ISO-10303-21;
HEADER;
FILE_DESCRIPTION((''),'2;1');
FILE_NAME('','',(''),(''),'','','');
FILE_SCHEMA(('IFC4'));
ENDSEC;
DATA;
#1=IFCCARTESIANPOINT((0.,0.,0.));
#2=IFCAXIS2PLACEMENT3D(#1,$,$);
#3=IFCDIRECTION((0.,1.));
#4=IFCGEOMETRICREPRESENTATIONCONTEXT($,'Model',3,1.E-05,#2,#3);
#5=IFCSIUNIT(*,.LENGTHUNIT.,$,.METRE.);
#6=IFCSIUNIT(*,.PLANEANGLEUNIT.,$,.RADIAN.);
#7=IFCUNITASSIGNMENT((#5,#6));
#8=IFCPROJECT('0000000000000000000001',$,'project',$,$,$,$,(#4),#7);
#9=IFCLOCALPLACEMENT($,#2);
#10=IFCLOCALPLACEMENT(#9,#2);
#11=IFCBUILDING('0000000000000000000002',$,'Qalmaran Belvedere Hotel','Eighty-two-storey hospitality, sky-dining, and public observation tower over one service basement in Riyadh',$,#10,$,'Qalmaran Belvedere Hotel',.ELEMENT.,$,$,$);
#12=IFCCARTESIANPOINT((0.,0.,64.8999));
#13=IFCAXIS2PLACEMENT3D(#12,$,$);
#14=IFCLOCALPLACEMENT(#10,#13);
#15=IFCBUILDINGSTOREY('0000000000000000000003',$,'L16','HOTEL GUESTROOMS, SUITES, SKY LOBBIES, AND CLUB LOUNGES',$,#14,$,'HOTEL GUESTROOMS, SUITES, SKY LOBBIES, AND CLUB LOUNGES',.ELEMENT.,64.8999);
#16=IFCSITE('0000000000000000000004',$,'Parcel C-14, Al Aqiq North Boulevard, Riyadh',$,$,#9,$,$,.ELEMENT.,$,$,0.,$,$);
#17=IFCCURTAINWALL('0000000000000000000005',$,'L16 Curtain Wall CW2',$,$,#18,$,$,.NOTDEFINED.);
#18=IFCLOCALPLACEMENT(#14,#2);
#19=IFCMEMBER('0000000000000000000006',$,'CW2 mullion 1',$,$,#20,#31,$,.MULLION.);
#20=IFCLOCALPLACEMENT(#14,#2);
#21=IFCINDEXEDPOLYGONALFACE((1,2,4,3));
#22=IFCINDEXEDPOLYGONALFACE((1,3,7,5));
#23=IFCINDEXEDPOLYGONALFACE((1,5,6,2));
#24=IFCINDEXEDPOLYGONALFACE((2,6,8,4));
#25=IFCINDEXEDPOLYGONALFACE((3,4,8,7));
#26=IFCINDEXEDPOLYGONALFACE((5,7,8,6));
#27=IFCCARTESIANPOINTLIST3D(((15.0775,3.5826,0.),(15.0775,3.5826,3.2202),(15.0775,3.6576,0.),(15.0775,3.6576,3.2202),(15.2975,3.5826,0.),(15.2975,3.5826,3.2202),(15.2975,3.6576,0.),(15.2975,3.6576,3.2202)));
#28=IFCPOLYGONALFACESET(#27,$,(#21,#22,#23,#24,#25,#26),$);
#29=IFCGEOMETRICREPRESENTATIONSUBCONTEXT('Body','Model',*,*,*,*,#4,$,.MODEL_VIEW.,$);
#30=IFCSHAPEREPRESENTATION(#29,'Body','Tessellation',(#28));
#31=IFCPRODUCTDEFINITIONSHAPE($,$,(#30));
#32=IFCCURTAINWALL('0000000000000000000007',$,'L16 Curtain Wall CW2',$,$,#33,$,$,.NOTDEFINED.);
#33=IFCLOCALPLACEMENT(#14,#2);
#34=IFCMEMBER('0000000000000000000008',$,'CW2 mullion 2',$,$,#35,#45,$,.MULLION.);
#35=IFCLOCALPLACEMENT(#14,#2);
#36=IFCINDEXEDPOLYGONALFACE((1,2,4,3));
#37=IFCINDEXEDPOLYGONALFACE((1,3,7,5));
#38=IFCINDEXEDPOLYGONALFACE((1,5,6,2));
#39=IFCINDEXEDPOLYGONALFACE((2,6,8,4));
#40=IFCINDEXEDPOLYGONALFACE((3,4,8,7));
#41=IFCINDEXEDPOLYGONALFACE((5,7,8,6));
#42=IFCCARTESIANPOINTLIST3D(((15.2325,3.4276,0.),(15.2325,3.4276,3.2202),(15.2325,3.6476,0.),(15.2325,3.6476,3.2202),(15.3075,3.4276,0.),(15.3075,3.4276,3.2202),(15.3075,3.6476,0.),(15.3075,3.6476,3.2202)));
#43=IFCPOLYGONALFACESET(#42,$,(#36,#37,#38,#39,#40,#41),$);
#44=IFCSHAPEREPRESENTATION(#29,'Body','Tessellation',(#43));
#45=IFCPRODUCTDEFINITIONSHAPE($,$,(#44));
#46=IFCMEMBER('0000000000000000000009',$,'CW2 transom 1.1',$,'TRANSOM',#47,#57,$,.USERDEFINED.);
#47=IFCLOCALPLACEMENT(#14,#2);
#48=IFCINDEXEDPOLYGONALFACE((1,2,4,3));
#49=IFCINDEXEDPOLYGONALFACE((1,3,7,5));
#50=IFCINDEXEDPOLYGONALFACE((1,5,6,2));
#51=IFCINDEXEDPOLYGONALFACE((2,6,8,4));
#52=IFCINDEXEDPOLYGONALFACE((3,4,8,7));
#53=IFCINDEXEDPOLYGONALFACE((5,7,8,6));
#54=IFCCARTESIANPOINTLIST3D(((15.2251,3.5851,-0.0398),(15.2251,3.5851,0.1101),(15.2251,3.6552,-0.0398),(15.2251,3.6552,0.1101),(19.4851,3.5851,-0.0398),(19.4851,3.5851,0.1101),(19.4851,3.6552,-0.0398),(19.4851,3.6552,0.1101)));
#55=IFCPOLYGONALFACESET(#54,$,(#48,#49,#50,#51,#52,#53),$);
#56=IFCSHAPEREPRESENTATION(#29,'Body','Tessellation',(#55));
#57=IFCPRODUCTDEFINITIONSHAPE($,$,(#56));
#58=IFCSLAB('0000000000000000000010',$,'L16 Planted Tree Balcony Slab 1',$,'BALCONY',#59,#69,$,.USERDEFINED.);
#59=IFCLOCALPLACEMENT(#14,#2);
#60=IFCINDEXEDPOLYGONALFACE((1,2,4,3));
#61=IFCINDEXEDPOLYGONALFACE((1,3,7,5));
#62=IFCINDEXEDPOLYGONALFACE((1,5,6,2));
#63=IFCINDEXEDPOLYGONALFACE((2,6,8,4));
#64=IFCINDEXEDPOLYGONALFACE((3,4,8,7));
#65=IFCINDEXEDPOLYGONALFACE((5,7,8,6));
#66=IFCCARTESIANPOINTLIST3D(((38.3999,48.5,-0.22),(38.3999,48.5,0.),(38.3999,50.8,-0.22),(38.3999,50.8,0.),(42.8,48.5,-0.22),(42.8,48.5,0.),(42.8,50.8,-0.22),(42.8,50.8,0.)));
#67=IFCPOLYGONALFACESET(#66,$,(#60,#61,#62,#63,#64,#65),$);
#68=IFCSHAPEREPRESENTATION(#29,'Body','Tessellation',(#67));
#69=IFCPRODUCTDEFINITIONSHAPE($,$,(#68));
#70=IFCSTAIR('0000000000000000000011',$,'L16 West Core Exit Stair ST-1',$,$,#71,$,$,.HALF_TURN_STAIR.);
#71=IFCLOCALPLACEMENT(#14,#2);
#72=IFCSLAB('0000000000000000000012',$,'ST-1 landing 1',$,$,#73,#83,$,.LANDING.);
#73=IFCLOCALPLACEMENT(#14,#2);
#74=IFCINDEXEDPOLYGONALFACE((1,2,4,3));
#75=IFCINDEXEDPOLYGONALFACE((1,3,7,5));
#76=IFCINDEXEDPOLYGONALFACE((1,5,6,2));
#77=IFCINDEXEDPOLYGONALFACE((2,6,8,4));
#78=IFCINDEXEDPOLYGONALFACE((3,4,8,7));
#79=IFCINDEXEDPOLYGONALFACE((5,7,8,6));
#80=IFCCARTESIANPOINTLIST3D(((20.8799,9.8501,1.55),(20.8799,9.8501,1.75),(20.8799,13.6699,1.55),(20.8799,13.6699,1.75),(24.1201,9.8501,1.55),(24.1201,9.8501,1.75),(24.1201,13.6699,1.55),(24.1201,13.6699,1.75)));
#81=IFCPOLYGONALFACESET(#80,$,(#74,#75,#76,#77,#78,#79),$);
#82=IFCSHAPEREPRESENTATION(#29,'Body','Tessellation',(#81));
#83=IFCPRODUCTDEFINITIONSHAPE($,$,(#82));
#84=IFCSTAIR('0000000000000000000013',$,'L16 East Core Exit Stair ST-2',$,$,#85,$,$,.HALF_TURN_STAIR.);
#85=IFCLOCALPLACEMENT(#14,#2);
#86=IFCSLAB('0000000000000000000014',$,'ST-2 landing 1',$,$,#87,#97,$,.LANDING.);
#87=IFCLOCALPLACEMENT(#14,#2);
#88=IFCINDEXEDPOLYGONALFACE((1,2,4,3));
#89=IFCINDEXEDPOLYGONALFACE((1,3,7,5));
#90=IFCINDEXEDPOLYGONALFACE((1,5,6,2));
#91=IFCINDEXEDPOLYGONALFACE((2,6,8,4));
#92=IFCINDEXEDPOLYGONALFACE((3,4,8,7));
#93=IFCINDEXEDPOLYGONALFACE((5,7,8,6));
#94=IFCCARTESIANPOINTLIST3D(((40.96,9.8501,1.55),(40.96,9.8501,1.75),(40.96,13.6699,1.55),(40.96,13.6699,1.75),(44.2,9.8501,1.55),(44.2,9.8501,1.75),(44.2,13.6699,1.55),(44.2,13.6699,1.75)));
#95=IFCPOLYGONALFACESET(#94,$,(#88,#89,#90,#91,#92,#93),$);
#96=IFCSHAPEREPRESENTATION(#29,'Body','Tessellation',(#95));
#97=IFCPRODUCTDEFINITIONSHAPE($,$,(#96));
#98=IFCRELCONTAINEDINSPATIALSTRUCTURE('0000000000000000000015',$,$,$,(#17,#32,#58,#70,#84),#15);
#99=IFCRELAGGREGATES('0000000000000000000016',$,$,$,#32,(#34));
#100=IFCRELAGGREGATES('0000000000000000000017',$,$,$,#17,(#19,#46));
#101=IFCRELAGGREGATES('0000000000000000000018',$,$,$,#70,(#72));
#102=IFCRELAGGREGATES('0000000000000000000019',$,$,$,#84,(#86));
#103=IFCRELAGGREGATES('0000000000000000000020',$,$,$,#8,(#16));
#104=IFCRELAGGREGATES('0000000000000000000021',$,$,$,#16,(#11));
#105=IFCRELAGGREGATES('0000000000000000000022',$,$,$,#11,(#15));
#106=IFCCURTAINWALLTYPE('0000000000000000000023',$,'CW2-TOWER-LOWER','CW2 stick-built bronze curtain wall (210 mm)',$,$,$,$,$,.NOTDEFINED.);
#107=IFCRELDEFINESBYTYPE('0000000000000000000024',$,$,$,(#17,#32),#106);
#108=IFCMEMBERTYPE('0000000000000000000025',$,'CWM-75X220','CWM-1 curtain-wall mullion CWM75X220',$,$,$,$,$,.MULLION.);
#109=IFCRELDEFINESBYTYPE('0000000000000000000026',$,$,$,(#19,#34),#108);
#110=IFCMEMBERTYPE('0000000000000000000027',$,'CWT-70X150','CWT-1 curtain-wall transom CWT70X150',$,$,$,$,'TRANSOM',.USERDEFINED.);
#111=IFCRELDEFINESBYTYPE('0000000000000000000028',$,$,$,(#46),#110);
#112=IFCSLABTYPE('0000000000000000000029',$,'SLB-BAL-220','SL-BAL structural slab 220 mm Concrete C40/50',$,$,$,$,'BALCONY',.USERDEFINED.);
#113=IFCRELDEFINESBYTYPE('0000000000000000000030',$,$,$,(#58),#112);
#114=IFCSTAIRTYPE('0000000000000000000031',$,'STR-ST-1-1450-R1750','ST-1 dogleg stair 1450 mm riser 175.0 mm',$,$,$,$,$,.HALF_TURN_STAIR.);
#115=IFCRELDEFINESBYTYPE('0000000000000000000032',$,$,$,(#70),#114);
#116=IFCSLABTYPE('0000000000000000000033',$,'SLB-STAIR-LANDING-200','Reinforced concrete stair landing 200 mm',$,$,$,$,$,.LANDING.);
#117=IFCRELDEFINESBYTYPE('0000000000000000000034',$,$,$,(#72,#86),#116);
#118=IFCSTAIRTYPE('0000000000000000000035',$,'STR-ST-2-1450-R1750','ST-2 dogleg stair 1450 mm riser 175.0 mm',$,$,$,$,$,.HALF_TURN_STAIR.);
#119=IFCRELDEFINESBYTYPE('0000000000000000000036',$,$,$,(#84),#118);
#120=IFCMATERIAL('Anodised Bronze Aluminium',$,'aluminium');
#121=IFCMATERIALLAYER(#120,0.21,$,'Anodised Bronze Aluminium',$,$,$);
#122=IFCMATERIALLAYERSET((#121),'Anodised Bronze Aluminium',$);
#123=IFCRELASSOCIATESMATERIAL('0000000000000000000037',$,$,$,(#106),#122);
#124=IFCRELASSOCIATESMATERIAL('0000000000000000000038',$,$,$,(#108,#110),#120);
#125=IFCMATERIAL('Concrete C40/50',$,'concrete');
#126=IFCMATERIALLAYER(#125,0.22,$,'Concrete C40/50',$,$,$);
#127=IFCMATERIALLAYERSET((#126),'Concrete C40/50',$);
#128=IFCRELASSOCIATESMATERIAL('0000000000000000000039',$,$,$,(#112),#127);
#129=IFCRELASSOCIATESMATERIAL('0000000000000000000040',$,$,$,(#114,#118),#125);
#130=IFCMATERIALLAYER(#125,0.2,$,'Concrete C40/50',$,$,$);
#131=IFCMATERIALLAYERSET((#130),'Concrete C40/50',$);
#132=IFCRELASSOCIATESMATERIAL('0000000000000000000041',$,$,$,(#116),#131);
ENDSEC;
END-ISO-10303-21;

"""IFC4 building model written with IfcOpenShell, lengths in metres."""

from ifc_helpers import new_model, si_unit, direction, frame, origin, origin_2d, place, context, subcontext, project, spatial, polyline, rectangle, outline, extrude, material, layer, layer_set, material_profile, profile_set, type_object, element, aggregate, save


model = new_model("IFC4")

# Units and contexts
model_context = context("Model", 3, precision=1e-05, world=origin(), true_north=direction((0.0, 1.0)))
body_context = subcontext(model_context, "Body", "Model", "MODEL_VIEW")
ifc_project = project(units=[si_unit("LENGTHUNIT", "METRE"), si_unit("PLANEANGLEUNIT", "RADIAN")], contexts=[model_context])

# Site, building, storey
site_placement = place(None, origin())
site = spatial("IfcSite", under=ifc_project, at=site_placement, Name="Parcel C-14, Al Aqiq North Boulevard, Riyadh", CompositionType="ELEMENT", RefElevation=0.0)
building_placement = place(site_placement, origin())
building = spatial("IfcBuilding", under=site, at=building_placement, Name="Qalmaran Belvedere Hotel", Description="Eighty-two-storey hospitality, sky-dining, and public observation tower over one service basement in Riyadh", LongName="Qalmaran Belvedere Hotel", CompositionType="ELEMENT")
storey_placement = place(building_placement, frame((0.0, 0.0, 64.8999)))
storey = spatial("IfcBuildingStorey", under=building, at=storey_placement, Name="L16", Description="HOTEL GUESTROOMS, SUITES, SKY LOBBIES, AND CLUB LOUNGES", LongName="HOTEL GUESTROOMS, SUITES, SKY LOBBIES, AND CLUB LOUNGES", CompositionType="ELEMENT", Elevation=64.8999)

# Curtain walls, members
ifc_material_1 = material(Name="Anodised Bronze Aluminium", Category="aluminium")
ifc_layer_1 = layer(ifc_material_1, 0.21, Name="Anodised Bronze Aluminium")
ifc_layer_set_1 = layer_set([ifc_layer_1], Name="Anodised Bronze Aluminium")
curtain_wall_type = type_object("IfcCurtainWallType", Name="CW2-TOWER-LOWER", Description="CW2 stick-built bronze curtain wall (210 mm)", PredefinedType="NOTDEFINED", material=ifc_layer_set_1)
curtain_wall_1_placement = place(storey_placement, origin())
curtain_wall_1 = element("IfcCurtainWall", 1, at=curtain_wall_1_placement, inside=storey, type_object=curtain_wall_type, Name="L16 Curtain Wall CW2", PredefinedType="NOTDEFINED")
ifc_material_profile_1 = material_profile(ifc_material_1, rectangle(XDim=0.075, YDim=0.22, at=origin_2d()), Name="CWM75X220")
ifc_profile_set_1 = profile_set([ifc_material_profile_1], Name="Anodised Bronze Aluminium")
member_type_1 = type_object("IfcMemberType", Name="CWM-75X220", Description="CWM-1 curtain-wall mullion CWM75X220", PredefinedType="MULLION", material=ifc_profile_set_1)
member_1_placement = place(storey_placement, frame((15.1875, 3.6201, 0.0), z_axis=(0.0, 0.0, 1.0), x_axis=(0.0, 1.0, 0.0)))
member_1 = element("IfcMember", 2, at=member_1_placement, type_object=member_type_1, Name="CW2 mullion 1", PredefinedType="MULLION", context=body_context, shape_type="SweptSolid", body=[
    extrude(rectangle(XDim=0.075, YDim=0.22, at=origin_2d()), origin(), (0.0, 0.0, 1.0), 3.2202),
])
curtain_wall_2_placement = place(storey_placement, origin())
curtain_wall_2 = element("IfcCurtainWall", 3, at=curtain_wall_2_placement, inside=storey, type_object=curtain_wall_type, Name="L16 Curtain Wall CW2", PredefinedType="NOTDEFINED")
member_2_placement = place(storey_placement, frame((15.27, 3.5376, 0.0), z_axis=(0.0, 0.0, 1.0), x_axis=(1.0, 0.0, 0.0)))
member_2 = element("IfcMember", 4, at=member_2_placement, type_object=member_type_1, Name="CW2 mullion 2", PredefinedType="MULLION", context=body_context, shape_type="SweptSolid", body=[
    extrude(rectangle(XDim=0.075, YDim=0.22, at=origin_2d()), origin(), (0.0, 0.0, 1.0), 3.2202),
])
aggregate(curtain_wall_2, [member_2])

# Member
ifc_material_profile_2 = material_profile(ifc_material_1, rectangle(XDim=0.0701, YDim=0.1499, at=origin_2d()), Name="CWT70X150")
ifc_profile_set_2 = profile_set([ifc_material_profile_2], Name="Anodised Bronze Aluminium")
member_type_2 = type_object("IfcMemberType", Name="CWT-70X150", Description="CWT-1 curtain-wall transom CWT70X150", ElementType="TRANSOM", PredefinedType="USERDEFINED", material=ifc_profile_set_2)
member_3_placement = place(storey_placement, frame((15.2251, 3.6201, 0.0352), z_axis=(1.0, 0.0, 0.0), x_axis=(0.0, 1.0, 0.0)))
member_3 = element("IfcMember", 5, at=member_3_placement, type_object=member_type_2, Name="CW2 transom 1.1", ObjectType="TRANSOM", PredefinedType="USERDEFINED", context=body_context, shape_type="SweptSolid", body=[
    extrude(rectangle(XDim=0.0701, YDim=0.1499, at=origin_2d()), origin(), (0.0, 0.0, 1.0), 4.26),
])
aggregate(curtain_wall_1, [member_1, member_3])

# Slab
ifc_material_2 = material(Name="Concrete C40/50", Category="concrete")
ifc_layer_2 = layer(ifc_material_2, 0.22, Name="Concrete C40/50")
ifc_layer_set_2 = layer_set([ifc_layer_2], Name="Concrete C40/50")
slab_type_1 = type_object("IfcSlabType", Name="SLB-BAL-220", Description="SL-BAL structural slab 220 mm Concrete C40/50", ElementType="BALCONY", PredefinedType="USERDEFINED", material=ifc_layer_set_2)
slab_1_placement = place(storey_placement, frame((0.0, 0.0, -0.22)))
element("IfcSlab", 6, at=slab_1_placement, inside=storey, type_object=slab_type_1, Name="L16 Planted Tree Balcony Slab 1", ObjectType="BALCONY", PredefinedType="USERDEFINED", context=body_context, shape_type="SweptSolid", body=[
    extrude(outline(polyline([(38.3999, 48.5), (42.8, 48.5), (42.8, 50.8), (38.3999, 50.8), (38.3999, 48.5)])), origin(), (0.0, 0.0, 1.0), 0.22),
])

# Stairs, slabs
stair_type_1 = type_object("IfcStairType", Name="STR-ST-1-1450-R1750", Description="ST-1 dogleg stair 1450 mm riser 175.0 mm", PredefinedType="HALF_TURN_STAIR", material=ifc_material_2)
stair_1_placement = place(storey_placement, origin())
stair_1 = element("IfcStair", 7, at=stair_1_placement, inside=storey, type_object=stair_type_1, Name="L16 West Core Exit Stair ST-1", PredefinedType="HALF_TURN_STAIR")
ifc_layer_3 = layer(ifc_material_2, 0.2, Name="Concrete C40/50")
ifc_layer_set_3 = layer_set([ifc_layer_3], Name="Concrete C40/50")
slab_type_2 = type_object("IfcSlabType", Name="SLB-STAIR-LANDING-200", Description="Reinforced concrete stair landing 200 mm", PredefinedType="LANDING", material=ifc_layer_set_3)
slab_2_placement = place(storey_placement, frame((0.0, 0.0, 1.55)))
slab_2 = element("IfcSlab", 8, at=slab_2_placement, type_object=slab_type_2, Name="ST-1 landing 1", PredefinedType="LANDING", context=body_context, shape_type="SweptSolid", body=[
    extrude(outline(polyline([(20.8799, 13.6699), (20.8799, 9.8501), (24.1201, 9.8501), (24.1201, 13.6699), (20.8799, 13.6699)])), origin(), (0.0, 0.0, 1.0), 0.2),
])
aggregate(stair_1, [slab_2])
stair_type_2 = type_object("IfcStairType", Name="STR-ST-2-1450-R1750", Description="ST-2 dogleg stair 1450 mm riser 175.0 mm", PredefinedType="HALF_TURN_STAIR", material=ifc_material_2)
stair_2_placement = place(storey_placement, origin())
stair_2 = element("IfcStair", 9, at=stair_2_placement, inside=storey, type_object=stair_type_2, Name="L16 East Core Exit Stair ST-2", PredefinedType="HALF_TURN_STAIR")
slab_3_placement = place(storey_placement, frame((0.0, 0.0, 1.55)))
slab_3 = element("IfcSlab", 10, at=slab_3_placement, type_object=slab_type_2, Name="ST-2 landing 1", PredefinedType="LANDING", context=body_context, shape_type="SweptSolid", body=[
    extrude(outline(polyline([(40.96, 13.6699), (40.96, 9.8501), (44.2, 9.8501), (44.2, 13.6699), (40.96, 13.6699)])), origin(), (0.0, 0.0, 1.0), 0.2),
])
aggregate(stair_2, [slab_3])

save(model, "model.ifc")
